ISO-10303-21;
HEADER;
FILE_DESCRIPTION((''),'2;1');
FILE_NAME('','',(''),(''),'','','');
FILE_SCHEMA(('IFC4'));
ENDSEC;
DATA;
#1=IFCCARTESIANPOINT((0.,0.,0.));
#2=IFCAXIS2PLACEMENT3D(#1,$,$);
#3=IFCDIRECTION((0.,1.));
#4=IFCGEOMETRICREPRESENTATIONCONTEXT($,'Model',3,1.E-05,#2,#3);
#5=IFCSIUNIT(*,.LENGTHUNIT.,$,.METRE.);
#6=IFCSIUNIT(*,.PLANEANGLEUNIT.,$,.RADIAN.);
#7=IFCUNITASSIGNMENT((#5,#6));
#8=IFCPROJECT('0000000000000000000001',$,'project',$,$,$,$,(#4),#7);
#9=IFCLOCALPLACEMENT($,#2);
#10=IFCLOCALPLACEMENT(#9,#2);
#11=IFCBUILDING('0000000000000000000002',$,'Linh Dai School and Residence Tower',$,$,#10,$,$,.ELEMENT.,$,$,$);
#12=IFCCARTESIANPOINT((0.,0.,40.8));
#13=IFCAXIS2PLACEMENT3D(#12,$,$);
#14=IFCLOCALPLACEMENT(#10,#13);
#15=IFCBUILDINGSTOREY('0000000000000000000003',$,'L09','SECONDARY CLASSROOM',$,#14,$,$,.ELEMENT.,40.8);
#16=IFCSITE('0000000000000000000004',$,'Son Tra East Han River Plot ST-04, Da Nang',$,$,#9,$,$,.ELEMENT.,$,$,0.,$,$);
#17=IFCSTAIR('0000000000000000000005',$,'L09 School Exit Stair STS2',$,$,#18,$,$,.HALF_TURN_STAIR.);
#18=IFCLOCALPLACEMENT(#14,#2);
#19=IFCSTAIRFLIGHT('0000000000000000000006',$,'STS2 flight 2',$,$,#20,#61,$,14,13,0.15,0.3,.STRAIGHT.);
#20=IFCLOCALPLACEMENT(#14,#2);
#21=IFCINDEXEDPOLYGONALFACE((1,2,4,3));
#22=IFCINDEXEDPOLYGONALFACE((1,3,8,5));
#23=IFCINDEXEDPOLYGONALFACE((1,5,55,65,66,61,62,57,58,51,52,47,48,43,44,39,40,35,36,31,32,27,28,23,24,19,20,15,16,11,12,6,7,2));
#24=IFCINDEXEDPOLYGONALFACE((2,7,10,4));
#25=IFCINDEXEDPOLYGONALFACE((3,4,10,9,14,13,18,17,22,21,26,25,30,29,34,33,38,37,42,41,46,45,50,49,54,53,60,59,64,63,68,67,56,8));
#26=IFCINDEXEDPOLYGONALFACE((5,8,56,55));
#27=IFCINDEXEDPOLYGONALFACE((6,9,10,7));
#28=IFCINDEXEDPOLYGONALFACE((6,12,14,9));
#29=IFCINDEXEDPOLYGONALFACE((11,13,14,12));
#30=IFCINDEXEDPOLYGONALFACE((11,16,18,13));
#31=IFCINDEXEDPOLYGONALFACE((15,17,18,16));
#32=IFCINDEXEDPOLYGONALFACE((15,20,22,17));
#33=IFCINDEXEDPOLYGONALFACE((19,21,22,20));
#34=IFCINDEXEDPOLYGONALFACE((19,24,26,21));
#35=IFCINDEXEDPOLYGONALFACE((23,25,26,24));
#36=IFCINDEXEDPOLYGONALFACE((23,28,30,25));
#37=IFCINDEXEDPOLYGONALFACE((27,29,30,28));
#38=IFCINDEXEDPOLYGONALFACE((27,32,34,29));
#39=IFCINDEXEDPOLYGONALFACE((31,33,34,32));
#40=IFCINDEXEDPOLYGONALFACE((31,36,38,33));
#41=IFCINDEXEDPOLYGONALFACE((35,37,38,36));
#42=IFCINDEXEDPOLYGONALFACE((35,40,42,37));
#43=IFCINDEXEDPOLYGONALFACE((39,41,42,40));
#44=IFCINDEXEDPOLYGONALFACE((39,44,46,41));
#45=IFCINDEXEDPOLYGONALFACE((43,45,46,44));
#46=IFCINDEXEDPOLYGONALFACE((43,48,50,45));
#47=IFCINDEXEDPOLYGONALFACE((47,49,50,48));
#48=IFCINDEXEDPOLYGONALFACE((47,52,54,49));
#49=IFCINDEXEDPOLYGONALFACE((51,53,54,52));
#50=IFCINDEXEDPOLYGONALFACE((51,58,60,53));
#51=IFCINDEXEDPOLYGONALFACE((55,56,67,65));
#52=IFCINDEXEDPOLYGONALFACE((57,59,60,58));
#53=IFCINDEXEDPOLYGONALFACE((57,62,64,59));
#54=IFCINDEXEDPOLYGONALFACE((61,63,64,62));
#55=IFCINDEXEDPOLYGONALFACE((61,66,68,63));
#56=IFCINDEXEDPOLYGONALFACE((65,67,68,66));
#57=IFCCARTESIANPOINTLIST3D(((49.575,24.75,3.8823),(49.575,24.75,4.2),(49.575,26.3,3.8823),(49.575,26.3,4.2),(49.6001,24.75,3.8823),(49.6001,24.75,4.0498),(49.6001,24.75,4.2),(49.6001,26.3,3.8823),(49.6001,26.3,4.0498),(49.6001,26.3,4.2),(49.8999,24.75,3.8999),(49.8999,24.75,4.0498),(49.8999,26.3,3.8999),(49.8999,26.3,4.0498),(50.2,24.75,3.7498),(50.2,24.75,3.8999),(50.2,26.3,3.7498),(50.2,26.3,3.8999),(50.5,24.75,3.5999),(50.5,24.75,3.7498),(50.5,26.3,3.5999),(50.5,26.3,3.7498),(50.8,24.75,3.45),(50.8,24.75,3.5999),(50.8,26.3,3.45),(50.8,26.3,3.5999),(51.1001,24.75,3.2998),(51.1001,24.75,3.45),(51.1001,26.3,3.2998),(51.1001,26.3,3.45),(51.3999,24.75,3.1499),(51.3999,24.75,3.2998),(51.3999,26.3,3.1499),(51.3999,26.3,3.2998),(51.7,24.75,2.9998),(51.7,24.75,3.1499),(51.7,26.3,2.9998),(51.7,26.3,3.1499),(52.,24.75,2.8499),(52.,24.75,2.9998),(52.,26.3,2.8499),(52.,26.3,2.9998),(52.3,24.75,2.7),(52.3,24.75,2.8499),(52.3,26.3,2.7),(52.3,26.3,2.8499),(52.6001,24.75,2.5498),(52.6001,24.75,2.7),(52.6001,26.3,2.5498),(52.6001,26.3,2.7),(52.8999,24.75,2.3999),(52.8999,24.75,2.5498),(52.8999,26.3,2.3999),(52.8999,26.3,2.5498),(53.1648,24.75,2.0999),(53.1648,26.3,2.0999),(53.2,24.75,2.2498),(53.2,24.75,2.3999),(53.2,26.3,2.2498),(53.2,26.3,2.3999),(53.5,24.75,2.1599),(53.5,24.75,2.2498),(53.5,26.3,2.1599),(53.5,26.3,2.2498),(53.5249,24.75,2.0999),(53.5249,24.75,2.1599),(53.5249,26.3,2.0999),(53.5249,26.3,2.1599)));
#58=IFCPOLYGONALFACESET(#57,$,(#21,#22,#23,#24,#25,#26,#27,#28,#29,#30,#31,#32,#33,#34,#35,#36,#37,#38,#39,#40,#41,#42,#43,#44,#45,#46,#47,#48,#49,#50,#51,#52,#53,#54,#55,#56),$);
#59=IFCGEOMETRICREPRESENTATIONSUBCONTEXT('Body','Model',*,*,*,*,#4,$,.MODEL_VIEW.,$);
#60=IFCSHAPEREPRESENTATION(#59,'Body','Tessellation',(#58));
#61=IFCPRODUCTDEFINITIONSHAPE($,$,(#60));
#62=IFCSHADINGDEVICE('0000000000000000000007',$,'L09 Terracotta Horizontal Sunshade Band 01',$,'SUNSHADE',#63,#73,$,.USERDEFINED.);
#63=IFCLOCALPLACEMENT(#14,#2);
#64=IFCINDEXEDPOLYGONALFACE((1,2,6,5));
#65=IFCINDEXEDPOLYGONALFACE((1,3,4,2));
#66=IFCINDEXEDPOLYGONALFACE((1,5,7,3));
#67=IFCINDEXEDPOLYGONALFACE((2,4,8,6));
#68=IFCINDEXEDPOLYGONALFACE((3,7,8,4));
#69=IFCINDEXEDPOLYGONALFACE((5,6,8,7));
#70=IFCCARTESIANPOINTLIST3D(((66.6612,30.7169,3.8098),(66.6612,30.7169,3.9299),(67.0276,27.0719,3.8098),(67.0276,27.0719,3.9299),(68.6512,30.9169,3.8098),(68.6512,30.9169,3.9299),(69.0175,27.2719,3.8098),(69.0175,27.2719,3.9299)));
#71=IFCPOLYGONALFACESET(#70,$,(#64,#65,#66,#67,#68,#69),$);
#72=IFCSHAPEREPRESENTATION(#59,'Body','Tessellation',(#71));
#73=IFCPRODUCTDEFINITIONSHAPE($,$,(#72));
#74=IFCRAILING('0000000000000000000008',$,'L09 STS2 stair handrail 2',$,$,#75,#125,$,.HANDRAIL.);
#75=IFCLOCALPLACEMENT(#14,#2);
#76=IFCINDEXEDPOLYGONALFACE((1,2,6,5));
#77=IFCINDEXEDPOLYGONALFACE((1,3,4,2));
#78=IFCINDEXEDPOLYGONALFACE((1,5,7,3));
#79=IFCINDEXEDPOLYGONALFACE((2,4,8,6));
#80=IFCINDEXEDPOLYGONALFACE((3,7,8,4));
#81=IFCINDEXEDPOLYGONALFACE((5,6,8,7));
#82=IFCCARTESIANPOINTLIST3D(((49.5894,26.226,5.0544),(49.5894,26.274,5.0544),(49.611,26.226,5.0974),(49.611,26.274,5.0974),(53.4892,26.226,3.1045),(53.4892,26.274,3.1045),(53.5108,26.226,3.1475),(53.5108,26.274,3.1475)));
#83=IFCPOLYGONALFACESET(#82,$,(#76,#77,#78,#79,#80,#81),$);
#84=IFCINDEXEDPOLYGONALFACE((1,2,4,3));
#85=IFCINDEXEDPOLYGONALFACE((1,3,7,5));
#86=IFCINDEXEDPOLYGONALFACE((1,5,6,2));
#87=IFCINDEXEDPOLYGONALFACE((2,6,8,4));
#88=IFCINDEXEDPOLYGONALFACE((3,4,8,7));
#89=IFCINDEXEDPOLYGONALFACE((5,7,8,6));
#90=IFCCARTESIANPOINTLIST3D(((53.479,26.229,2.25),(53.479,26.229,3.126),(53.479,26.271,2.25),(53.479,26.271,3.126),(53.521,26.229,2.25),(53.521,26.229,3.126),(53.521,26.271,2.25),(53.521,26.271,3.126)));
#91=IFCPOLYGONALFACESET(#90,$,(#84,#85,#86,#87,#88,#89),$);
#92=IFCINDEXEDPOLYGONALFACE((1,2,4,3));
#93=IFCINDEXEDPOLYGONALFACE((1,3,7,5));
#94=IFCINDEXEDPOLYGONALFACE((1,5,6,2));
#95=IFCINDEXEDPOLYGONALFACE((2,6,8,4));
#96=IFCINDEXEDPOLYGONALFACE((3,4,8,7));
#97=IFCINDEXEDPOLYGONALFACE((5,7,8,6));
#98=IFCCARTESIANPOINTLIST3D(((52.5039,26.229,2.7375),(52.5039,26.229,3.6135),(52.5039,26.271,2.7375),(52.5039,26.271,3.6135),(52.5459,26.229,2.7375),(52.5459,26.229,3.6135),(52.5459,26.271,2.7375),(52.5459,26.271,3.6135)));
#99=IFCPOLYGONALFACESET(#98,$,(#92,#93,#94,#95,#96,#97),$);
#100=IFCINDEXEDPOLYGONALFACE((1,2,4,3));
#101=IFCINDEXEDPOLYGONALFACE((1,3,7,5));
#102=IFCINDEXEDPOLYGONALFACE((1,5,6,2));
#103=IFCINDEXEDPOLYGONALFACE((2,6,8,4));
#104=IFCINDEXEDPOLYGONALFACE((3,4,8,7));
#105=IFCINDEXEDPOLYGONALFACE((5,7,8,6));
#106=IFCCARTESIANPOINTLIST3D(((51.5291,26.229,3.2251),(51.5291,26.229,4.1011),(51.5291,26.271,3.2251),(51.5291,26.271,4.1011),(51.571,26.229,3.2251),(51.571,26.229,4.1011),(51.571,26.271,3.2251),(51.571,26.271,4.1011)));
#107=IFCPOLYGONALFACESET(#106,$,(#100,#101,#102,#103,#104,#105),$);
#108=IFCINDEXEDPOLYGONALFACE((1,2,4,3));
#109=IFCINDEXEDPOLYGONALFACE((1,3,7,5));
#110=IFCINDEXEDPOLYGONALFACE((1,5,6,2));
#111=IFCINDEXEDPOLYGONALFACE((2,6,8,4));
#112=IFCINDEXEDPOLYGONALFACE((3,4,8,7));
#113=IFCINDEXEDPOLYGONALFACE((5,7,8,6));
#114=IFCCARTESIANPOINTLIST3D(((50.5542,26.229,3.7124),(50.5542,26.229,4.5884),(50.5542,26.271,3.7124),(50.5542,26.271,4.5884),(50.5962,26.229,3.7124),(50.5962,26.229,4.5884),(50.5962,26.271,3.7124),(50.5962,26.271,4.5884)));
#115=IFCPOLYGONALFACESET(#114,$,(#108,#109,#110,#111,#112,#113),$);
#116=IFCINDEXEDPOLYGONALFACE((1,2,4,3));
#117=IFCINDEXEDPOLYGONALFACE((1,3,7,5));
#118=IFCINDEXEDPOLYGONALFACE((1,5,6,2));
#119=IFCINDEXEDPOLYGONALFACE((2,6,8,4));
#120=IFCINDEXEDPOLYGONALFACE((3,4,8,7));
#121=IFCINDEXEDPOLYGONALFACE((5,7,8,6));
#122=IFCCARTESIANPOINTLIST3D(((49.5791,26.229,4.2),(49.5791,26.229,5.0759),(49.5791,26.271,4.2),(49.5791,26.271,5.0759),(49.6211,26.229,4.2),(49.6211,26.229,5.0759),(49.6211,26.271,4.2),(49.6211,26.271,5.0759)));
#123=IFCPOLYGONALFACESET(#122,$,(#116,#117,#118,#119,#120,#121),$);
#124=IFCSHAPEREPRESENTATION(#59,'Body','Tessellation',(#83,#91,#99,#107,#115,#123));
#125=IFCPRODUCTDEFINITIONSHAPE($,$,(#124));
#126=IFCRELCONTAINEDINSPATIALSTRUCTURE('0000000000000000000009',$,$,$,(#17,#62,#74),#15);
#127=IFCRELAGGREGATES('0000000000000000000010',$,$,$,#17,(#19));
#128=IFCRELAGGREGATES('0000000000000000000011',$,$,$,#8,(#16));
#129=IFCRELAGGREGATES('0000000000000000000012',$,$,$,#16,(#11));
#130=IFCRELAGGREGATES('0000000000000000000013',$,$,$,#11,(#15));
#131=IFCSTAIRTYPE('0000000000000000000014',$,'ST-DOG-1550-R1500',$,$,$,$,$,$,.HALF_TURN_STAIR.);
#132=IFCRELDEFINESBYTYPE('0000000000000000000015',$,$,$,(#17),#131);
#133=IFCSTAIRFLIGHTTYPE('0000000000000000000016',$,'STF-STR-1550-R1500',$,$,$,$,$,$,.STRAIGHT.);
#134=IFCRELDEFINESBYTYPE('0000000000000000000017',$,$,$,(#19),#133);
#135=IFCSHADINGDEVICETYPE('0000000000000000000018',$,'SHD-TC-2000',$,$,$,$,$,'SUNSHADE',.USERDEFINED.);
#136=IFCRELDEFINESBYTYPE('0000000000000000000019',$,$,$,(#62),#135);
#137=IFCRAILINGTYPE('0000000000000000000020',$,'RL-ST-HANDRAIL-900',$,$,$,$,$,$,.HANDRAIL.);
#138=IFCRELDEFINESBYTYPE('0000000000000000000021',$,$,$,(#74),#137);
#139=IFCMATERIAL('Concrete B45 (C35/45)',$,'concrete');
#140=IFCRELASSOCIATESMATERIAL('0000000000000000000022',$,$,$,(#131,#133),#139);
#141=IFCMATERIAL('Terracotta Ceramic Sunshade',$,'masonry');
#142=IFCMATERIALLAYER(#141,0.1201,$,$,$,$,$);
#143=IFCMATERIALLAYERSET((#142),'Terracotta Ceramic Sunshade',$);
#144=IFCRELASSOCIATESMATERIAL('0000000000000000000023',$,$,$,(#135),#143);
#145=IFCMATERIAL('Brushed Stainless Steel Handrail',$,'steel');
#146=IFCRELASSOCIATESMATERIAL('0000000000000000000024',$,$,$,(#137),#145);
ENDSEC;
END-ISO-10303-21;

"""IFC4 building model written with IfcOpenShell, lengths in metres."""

from ifc_helpers import new_model, si_unit, direction, frame, origin, origin_2d, place, context, subcontext, project, spatial, polyline, rectangle, outline, extrude, source, transform, mapped, material, layer, layer_set, type_object, element, aggregate, save


model = new_model("IFC4")

# Units and contexts
model_context = context("Model", 3, precision=1e-05, world=origin(), true_north=direction((0.0, 1.0)))
body_context = subcontext(model_context, "Body", "Model", "MODEL_VIEW")
ifc_project = project(units=[si_unit("LENGTHUNIT", "METRE"), si_unit("PLANEANGLEUNIT", "RADIAN")], contexts=[model_context])

# Site, building, storey
site_placement = place(None, origin())
site = spatial("IfcSite", under=ifc_project, at=site_placement, Name="Son Tra East Han River Plot ST-04, Da Nang", CompositionType="ELEMENT", RefElevation=0.0)
building_placement = place(site_placement, origin())
building = spatial("IfcBuilding", under=site, at=building_placement, Name="Linh Dai School and Residence Tower", CompositionType="ELEMENT")
storey_placement = place(building_placement, frame((0.0, 0.0, 40.8)))
storey = spatial("IfcBuildingStorey", under=building, at=storey_placement, Name="L09", Description="SECONDARY CLASSROOM", CompositionType="ELEMENT", Elevation=40.8)

# Stair, stair flight
ifc_material_1 = material(Name="Concrete B45 (C35/45)", Category="concrete")
stair_type = type_object("IfcStairType", Name="ST-DOG-1550-R1500", PredefinedType="HALF_TURN_STAIR", material=ifc_material_1)
stair_placement = place(storey_placement, origin())
stair = element("IfcStair", 1, at=stair_placement, inside=storey, type_object=stair_type, Name="L09 School Exit Stair STS2", PredefinedType="HALF_TURN_STAIR")
stair_flight_type = type_object("IfcStairFlightType", Name="STF-STR-1550-R1500", PredefinedType="STRAIGHT", material=ifc_material_1)
shared_shape_1 = source(origin(), body_context, "Body", "SweptSolid", [
    extrude(outline(polyline([(-0.0249, 0.0), (-0.0249, 0.0601), (0.0, 0.0601), (0.0, 0.1499), (0.3, 0.1499), (0.3, 0.3), (0.6001, 0.3), (0.6001, 0.45), (0.8999, 0.45), (0.8999, 0.6001), (1.2, 0.6001), (1.2, 0.75), (1.5, 0.75), (1.5, 0.8999), (1.8, 0.8999), (1.8, 1.05), (2.1001, 1.05), (2.1001, 1.2), (2.3999, 1.2), (2.3999, 1.3501), (2.7, 1.3501), (2.7, 1.5), (3.0, 1.5), (3.0, 1.6499), (3.3, 1.6499), (3.3, 1.8), (3.6001, 1.8), (3.6001, 1.95), (3.8999, 1.95), (3.8999, 2.1001), (3.925, 2.1001), (3.925, 1.7825), (3.8999, 1.7825), (0.3352, 0.0), (-0.0249, 0.0)])), frame((0.0, 0.7749, 0.0), z_axis=(0.0, -1.0, 0.0), x_axis=(1.0, 0.0, 0.0)), (0.0, 0.0, 1.0), 1.55),
])
stair_flight_placement = place(storey_placement, frame((53.5, 25.5249, 2.0999), z_axis=(0.0, 0.0, 1.0), x_axis=(-1.0, 0.0, 0.0)))
stair_flight = element("IfcStairFlight", 2, at=stair_flight_placement, type_object=stair_flight_type, Name="STS2 flight 2", NumberOfRisers=14, NumberOfTreads=13, PredefinedType="STRAIGHT", RiserHeight=0.15, TreadLength=0.3, context=body_context, shape_type="MappedRepresentation", body=[
    mapped(shared_shape_1, transform((0.0, 0.0, 0.0), x_axis=(1.0, 0.0, 0.0), y_axis=(0.0, 1.0, 0.0), z_axis=(0.0, 0.0, 1.0), scale=1.0)),
])
aggregate(stair, [stair_flight])

# Shading device
ifc_material_2 = material(Name="Terracotta Ceramic Sunshade", Category="masonry")
ifc_layer_1 = layer(ifc_material_2, 0.1201)
ifc_layer_set_1 = layer_set([ifc_layer_1], Name="Terracotta Ceramic Sunshade")
shading_device_type = type_object("IfcShadingDeviceType", Name="SHD-TC-2000", ElementType="SUNSHADE", PredefinedType="USERDEFINED", material=ifc_layer_set_1)
shared_shape_2 = source(origin(), body_context, "Body", "SweptSolid", [
    extrude(rectangle(XDim=3.6633, YDim=2.0, at=origin_2d()), origin(), (0.0, 0.0, 1.0), 0.1201),
])
shading_device_placement = place(storey_placement, frame((67.8394, 28.9944, 3.8098), z_axis=(0.0, 0.0, 1.0), x_axis=(0.100009, -0.994986, 0.0)))
element("IfcShadingDevice", 3, at=shading_device_placement, inside=storey, type_object=shading_device_type, Name="L09 Terracotta Horizontal Sunshade Band 01", ObjectType="SUNSHADE", PredefinedType="USERDEFINED", context=body_context, shape_type="MappedRepresentation", body=[
    mapped(shared_shape_2, transform((0.0, 0.0, 0.0), x_axis=(1.0, 0.0, 0.0), y_axis=(0.0, 1.0, 0.0), z_axis=(0.0, 0.0, 1.0), scale=1.0)),
])

# Railing
ifc_material_3 = material(Name="Brushed Stainless Steel Handrail", Category="steel")
railing_type_1 = type_object("IfcRailingType", Name="RL-ST-HANDRAIL-900", PredefinedType="HANDRAIL", material=ifc_material_3)
shared_shape_3 = source(origin(), body_context, "Body", "SweptSolid", [
    extrude(rectangle(XDim=0.0481, YDim=0.0481, at=origin_2d()), frame((0.0, 0.0, 0.876), z_axis=(-0.894427, 0.0, 0.447214), x_axis=(0.0, -1.0, 0.0)), (0.0, 0.0, 1.0), 4.3601),
    extrude(rectangle(XDim=0.042, YDim=0.042, at=origin_2d()), origin(), (0.0, 0.0, 1.0), 0.876),
    extrude(rectangle(XDim=0.042, YDim=0.042, at=origin_2d()), frame((-0.9751, 0.0, 0.4875)), (0.0, 0.0, 1.0), 0.876),
    extrude(rectangle(XDim=0.042, YDim=0.042, at=origin_2d()), frame((-1.95, 0.0, 0.9751)), (0.0, 0.0, 1.0), 0.876),
    extrude(rectangle(XDim=0.042, YDim=0.042, at=origin_2d()), frame((-2.9248, 0.0, 1.4624)), (0.0, 0.0, 1.0), 0.876),
    extrude(rectangle(XDim=0.042, YDim=0.042, at=origin_2d()), frame((-3.8999, 0.0, 1.95)), (0.0, 0.0, 1.0), 0.876),
])
railing_1_placement = place(storey_placement, frame((53.5, 26.25, 2.25)))
element("IfcRailing", 4, at=railing_1_placement, inside=storey, type_object=railing_type_1, Name="L09 STS2 stair handrail 2", PredefinedType="HANDRAIL", context=body_context, shape_type="MappedRepresentation", body=[
    mapped(shared_shape_3, transform((0.0, 0.0, 0.0), x_axis=(1.0, 0.0, 0.0), y_axis=(0.0, 1.0, 0.0), z_axis=(0.0, 0.0, 1.0), scale=1.0)),
])

save(model, "model.ifc")
